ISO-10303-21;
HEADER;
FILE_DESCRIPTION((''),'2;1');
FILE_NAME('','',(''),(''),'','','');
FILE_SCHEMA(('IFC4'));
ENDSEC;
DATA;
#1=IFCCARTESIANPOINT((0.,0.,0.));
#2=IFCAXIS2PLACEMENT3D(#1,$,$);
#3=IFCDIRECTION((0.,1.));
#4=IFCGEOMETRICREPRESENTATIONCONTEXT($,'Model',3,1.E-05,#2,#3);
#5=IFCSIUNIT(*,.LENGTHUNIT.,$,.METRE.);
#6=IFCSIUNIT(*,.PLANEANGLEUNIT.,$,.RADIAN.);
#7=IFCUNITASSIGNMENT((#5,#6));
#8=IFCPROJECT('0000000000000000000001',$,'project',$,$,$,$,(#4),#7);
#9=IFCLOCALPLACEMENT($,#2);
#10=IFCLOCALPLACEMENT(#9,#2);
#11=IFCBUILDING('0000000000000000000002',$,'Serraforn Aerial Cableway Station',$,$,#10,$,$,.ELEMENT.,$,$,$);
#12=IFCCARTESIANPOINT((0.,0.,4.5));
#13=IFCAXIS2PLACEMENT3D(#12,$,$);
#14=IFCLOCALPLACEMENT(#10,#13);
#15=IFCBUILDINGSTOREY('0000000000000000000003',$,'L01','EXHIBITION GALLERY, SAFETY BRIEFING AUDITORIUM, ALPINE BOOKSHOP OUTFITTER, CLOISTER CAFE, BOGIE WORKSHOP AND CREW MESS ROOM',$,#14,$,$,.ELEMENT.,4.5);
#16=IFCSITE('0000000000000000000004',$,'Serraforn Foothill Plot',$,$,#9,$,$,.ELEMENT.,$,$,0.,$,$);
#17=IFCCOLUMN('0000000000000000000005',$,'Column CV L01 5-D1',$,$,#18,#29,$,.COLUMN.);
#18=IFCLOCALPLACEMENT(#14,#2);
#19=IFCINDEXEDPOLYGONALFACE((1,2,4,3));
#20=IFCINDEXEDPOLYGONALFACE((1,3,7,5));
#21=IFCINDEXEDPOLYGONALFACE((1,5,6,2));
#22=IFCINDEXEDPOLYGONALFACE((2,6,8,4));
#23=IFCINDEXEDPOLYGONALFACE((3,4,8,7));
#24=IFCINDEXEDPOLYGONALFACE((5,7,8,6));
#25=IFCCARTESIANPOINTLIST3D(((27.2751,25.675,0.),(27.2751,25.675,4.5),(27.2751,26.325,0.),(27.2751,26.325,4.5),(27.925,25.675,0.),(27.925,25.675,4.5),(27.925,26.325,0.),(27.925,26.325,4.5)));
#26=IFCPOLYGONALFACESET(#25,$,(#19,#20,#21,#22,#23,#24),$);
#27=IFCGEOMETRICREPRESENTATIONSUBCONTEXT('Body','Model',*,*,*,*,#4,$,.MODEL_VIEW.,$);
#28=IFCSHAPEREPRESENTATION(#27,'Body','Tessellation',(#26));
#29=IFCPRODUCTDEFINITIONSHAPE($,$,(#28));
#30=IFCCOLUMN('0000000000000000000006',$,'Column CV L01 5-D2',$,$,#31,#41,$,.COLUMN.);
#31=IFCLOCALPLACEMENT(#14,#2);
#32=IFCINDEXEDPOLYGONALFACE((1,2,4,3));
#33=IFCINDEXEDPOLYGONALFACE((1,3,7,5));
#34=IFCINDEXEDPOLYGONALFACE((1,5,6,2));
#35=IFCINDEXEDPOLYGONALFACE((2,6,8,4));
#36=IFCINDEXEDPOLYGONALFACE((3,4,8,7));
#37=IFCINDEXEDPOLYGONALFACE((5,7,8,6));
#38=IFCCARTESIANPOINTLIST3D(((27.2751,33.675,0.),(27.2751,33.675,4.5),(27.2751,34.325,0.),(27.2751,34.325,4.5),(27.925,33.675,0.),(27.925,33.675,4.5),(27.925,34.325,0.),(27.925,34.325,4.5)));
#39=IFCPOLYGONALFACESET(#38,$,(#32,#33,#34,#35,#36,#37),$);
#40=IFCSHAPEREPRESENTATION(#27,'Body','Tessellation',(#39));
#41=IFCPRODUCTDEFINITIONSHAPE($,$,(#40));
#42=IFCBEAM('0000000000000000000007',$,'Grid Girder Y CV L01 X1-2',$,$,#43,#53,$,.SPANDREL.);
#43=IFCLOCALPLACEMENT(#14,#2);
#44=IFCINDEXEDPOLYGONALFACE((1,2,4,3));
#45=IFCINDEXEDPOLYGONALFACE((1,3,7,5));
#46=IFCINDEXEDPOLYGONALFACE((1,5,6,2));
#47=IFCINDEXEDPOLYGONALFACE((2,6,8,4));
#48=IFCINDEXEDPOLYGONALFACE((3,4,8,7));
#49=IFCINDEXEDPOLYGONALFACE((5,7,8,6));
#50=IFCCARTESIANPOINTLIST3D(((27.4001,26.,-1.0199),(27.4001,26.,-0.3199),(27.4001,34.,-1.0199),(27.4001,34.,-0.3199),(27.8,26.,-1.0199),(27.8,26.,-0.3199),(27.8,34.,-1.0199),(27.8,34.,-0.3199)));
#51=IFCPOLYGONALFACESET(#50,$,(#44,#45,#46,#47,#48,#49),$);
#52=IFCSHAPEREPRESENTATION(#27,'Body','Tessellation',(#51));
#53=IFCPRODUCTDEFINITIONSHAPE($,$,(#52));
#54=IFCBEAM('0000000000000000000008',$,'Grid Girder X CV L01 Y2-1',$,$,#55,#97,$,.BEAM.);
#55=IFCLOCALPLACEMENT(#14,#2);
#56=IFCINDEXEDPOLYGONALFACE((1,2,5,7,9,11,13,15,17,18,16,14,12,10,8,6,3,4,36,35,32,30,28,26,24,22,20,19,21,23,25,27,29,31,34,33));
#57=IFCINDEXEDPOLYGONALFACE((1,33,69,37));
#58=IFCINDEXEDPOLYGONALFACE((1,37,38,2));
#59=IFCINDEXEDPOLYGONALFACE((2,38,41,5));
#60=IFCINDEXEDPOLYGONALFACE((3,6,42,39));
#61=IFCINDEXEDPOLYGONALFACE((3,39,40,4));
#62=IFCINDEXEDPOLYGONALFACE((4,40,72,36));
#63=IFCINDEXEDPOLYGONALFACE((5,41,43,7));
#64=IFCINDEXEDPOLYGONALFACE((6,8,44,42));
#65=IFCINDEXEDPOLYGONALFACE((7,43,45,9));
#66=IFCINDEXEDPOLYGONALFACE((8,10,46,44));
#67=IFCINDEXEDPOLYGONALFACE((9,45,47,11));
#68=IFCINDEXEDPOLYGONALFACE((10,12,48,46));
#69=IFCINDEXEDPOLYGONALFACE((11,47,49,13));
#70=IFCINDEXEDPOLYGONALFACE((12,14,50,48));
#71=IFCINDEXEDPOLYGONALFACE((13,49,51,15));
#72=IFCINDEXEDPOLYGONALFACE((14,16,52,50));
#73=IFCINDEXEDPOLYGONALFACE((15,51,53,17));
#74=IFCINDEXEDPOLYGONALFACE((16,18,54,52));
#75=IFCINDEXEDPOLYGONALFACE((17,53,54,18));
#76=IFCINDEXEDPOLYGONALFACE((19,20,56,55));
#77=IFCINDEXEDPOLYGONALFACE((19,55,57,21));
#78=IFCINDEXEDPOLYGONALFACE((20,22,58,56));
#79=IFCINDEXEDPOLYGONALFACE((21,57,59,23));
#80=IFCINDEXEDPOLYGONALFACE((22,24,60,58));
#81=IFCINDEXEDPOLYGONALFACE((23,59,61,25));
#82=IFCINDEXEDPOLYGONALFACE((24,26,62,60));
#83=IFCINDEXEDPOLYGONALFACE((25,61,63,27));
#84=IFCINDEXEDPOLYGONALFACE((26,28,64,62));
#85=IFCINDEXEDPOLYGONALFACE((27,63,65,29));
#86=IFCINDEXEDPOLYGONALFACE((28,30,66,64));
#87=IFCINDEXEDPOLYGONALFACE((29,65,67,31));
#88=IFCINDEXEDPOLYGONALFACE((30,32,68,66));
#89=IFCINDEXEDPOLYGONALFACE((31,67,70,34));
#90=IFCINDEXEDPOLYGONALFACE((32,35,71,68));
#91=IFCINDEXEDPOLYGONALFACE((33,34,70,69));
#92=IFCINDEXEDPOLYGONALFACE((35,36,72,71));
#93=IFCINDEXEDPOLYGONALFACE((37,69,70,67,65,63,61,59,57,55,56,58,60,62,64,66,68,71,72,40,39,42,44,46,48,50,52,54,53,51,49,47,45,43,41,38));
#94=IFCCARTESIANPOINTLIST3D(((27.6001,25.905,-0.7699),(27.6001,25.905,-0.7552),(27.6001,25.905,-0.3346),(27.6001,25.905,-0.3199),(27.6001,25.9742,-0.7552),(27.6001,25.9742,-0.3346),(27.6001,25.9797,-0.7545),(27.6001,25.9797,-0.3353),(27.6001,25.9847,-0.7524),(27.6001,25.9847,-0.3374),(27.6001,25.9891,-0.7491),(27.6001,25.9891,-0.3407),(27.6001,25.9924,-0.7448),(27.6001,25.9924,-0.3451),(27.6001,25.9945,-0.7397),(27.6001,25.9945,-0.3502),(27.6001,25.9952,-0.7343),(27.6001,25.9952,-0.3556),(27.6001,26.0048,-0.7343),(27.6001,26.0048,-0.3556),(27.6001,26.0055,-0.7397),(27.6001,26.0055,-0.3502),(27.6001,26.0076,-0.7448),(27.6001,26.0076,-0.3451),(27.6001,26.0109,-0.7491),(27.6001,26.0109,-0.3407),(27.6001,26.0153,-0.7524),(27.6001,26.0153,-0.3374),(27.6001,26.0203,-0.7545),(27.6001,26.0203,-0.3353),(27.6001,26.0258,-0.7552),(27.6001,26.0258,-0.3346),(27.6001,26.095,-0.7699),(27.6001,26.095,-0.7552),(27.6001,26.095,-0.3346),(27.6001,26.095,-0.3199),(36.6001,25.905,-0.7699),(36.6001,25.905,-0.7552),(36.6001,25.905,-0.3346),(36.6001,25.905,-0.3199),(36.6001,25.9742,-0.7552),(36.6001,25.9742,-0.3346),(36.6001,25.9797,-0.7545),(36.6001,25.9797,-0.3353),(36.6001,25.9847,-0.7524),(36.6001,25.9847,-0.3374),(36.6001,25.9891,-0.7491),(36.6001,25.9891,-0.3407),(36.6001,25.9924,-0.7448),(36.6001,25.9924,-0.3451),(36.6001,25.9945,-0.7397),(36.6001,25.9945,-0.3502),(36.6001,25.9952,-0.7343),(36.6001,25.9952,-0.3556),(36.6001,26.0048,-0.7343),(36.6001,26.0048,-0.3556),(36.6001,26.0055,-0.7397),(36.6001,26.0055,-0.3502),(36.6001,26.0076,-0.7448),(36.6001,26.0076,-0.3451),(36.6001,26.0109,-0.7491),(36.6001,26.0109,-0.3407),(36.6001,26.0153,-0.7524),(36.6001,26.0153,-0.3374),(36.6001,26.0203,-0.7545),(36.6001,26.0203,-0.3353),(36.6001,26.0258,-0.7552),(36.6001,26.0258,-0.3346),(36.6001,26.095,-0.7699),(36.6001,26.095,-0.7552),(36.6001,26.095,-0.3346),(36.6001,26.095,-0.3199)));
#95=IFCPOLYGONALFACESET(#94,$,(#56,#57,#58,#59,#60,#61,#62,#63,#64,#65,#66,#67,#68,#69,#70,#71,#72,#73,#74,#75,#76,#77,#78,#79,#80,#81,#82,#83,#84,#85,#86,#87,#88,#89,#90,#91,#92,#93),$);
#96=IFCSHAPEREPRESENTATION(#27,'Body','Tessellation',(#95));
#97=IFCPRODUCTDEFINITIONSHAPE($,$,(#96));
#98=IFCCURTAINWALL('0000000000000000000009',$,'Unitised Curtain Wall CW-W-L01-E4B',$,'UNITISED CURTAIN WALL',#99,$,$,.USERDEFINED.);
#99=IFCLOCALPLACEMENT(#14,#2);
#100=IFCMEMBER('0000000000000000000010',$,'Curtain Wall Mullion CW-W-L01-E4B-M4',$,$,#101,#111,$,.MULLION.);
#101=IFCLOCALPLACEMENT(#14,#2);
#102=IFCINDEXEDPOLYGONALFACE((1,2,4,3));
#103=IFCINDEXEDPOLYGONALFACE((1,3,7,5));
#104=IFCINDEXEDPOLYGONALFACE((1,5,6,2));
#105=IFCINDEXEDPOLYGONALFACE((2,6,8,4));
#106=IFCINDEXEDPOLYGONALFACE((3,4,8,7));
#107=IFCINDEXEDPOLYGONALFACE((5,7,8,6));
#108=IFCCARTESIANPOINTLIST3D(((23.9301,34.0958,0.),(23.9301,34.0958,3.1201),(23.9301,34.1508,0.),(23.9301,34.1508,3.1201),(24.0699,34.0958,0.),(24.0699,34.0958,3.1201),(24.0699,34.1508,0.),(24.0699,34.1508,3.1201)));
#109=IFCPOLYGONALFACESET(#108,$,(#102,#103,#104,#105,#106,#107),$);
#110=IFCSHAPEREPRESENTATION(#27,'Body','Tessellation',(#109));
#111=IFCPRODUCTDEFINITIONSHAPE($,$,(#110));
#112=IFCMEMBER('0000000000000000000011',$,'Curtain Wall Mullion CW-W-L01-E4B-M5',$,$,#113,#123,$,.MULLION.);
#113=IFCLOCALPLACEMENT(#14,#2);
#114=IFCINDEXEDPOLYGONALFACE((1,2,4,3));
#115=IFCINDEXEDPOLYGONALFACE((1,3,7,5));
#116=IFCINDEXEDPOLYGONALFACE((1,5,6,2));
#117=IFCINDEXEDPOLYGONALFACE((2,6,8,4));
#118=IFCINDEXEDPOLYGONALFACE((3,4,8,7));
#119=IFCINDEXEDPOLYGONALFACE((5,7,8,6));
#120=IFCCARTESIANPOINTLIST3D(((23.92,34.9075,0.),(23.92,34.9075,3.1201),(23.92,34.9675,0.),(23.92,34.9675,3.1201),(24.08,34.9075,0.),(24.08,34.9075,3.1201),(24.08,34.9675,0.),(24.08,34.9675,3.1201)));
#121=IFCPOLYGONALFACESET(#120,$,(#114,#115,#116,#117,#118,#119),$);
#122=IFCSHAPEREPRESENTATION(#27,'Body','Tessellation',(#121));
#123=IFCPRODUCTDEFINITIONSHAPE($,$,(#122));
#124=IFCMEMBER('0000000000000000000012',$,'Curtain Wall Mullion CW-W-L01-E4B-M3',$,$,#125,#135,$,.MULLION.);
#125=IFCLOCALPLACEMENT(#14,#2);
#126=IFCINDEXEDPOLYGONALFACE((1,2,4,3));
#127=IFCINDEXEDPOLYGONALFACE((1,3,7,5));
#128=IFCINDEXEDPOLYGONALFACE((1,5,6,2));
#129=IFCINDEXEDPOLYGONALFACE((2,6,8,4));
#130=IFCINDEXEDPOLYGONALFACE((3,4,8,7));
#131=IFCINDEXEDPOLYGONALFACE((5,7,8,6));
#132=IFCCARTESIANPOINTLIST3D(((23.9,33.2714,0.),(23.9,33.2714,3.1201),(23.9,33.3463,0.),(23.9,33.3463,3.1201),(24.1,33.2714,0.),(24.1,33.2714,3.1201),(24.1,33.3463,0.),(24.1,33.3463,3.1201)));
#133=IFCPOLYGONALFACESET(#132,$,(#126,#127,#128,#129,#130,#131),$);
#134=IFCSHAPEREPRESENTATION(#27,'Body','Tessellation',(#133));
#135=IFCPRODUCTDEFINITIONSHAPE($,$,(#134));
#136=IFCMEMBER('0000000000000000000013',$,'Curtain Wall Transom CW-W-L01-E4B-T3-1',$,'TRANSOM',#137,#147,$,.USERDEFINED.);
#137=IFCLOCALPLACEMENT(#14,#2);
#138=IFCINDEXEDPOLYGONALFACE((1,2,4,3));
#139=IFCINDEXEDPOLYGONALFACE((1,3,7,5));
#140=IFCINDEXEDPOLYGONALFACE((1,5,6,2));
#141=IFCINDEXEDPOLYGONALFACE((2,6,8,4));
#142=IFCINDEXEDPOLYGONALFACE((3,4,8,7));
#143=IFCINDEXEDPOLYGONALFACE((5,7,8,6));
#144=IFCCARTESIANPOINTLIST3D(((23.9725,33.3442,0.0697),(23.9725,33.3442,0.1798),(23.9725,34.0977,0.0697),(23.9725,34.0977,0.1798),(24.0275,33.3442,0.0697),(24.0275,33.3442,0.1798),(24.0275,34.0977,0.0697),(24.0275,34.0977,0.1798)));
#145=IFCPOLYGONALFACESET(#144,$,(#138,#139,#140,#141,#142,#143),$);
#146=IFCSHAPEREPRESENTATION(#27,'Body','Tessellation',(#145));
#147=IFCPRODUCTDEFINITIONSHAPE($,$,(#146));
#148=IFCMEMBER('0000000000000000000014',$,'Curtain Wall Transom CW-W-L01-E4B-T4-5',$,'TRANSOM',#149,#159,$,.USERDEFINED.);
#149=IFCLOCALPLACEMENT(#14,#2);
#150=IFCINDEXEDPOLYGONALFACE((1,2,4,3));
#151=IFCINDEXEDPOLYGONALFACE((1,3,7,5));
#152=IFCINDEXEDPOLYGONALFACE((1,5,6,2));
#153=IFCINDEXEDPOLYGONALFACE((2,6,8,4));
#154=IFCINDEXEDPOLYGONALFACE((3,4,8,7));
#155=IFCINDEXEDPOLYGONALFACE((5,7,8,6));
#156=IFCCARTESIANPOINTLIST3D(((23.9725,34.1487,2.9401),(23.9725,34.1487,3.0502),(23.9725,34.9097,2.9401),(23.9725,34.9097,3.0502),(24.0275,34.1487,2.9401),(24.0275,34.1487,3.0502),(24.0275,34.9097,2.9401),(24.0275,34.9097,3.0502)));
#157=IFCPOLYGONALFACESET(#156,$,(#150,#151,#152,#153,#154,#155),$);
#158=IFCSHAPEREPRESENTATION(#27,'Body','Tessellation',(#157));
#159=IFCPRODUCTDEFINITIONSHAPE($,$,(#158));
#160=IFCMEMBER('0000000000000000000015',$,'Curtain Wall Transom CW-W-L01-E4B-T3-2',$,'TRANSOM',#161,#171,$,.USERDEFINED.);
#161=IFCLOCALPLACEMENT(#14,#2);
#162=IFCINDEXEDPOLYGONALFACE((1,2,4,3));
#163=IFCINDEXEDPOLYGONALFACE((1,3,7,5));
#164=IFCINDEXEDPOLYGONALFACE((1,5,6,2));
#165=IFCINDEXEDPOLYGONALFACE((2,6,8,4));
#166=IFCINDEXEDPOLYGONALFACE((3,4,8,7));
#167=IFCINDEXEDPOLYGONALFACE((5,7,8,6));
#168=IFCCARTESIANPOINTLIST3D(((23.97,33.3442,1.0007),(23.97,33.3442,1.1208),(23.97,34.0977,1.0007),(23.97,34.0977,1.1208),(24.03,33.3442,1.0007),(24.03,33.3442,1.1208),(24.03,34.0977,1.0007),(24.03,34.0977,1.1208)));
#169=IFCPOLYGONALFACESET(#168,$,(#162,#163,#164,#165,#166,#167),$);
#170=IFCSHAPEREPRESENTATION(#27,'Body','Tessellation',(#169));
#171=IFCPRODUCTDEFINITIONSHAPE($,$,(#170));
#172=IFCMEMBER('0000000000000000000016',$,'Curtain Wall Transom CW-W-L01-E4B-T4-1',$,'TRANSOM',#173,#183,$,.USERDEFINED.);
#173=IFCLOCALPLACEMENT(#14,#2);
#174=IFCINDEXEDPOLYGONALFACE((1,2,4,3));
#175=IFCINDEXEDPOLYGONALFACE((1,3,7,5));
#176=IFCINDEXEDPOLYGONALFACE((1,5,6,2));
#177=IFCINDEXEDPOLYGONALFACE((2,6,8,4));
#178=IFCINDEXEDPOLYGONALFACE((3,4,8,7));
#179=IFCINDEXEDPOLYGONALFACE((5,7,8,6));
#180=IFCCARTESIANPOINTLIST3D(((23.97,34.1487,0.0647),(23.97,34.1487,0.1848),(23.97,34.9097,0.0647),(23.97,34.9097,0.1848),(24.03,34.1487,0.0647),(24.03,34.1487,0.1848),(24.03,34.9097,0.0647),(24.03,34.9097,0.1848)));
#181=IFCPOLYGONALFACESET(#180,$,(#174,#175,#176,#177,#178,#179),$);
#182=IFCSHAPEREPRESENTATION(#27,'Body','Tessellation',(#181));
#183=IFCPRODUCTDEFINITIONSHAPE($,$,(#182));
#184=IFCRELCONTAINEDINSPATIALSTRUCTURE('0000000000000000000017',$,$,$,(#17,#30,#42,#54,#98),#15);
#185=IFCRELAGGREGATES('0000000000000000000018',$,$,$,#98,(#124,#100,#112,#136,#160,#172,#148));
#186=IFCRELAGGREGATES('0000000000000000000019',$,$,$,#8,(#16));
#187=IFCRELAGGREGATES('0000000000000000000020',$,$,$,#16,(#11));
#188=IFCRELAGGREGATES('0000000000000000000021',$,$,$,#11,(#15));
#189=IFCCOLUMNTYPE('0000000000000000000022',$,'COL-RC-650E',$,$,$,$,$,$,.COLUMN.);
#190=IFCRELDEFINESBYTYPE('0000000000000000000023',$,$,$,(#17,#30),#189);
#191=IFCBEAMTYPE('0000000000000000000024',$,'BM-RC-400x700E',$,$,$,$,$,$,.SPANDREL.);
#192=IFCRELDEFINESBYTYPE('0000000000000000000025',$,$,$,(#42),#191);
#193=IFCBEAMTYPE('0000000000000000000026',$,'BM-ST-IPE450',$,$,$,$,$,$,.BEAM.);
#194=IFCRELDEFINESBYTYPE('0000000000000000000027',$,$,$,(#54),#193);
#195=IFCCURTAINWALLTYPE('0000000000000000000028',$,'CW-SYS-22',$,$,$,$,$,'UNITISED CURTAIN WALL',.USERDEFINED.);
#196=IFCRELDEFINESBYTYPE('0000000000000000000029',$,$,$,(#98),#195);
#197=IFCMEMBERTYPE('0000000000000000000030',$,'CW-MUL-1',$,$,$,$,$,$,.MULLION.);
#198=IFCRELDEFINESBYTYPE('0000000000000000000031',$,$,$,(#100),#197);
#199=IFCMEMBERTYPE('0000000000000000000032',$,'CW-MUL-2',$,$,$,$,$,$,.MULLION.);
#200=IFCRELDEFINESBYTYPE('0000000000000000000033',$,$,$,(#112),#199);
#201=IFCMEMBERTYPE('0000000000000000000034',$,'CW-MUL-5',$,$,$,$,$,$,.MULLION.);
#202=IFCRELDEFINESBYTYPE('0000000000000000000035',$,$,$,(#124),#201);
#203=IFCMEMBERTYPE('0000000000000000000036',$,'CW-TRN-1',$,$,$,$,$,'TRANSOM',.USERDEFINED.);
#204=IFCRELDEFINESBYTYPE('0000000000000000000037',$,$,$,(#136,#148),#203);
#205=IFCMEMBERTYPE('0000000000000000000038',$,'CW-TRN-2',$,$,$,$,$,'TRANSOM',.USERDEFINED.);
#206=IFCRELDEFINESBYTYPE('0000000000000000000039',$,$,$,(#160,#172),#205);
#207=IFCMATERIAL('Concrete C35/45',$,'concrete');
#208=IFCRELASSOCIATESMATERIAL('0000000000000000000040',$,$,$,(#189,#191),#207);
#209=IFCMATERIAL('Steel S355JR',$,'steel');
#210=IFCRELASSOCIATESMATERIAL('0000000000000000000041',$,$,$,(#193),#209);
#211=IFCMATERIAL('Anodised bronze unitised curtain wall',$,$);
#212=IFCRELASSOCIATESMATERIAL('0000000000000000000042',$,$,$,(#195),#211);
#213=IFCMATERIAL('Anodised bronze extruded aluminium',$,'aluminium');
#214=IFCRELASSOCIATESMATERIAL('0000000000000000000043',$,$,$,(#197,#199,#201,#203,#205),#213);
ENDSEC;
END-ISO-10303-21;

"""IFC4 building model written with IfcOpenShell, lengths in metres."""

from ifc_helpers import new_model, si_unit, direction, frame, origin, origin_2d, place, context, subcontext, project, spatial, rectangle, i_section, extrude, material, material_profile, profile_set, type_object, element, aggregate, save


model = new_model("IFC4")

# Units and contexts
model_context = context("Model", 3, precision=1e-05, world=origin(), true_north=direction((0.0, 1.0)))
body_context = subcontext(model_context, "Body", "Model", "MODEL_VIEW")
ifc_project = project(units=[si_unit("LENGTHUNIT", "METRE"), si_unit("PLANEANGLEUNIT", "RADIAN")], contexts=[model_context])

# Site, building, storey
site_placement = place(None, origin())
site = spatial("IfcSite", under=ifc_project, at=site_placement, Name="Serraforn Foothill Plot", CompositionType="ELEMENT", RefElevation=0.0)
building_placement = place(site_placement, origin())
building = spatial("IfcBuilding", under=site, at=building_placement, Name="Serraforn Aerial Cableway Station", CompositionType="ELEMENT")
storey_placement = place(building_placement, frame((0.0, 0.0, 4.5)))
storey = spatial("IfcBuildingStorey", under=building, at=storey_placement, Name="L01", Description="EXHIBITION GALLERY, SAFETY BRIEFING AUDITORIUM, ALPINE BOOKSHOP OUTFITTER, CLOISTER CAFE, BOGIE WORKSHOP AND CREW MESS ROOM", CompositionType="ELEMENT", Elevation=4.5)

# Columns
ifc_material_1 = material(Name="Concrete C35/45", Category="concrete")
ifc_material_profile_1 = material_profile(ifc_material_1, rectangle(XDim=0.6499, YDim=0.6499, at=origin_2d()), Name="RC 650x650")
ifc_profile_set_1 = profile_set([ifc_material_profile_1], Name="Concrete C35/45")
column_type = type_object("IfcColumnType", Name="COL-RC-650E", PredefinedType="COLUMN", material=ifc_profile_set_1)
for number, where, z_axis, x_axis, name in (
    (1, (27.6001, 26.0, 0.0), (0.0, 0.0, 1.0), (1.0, 0.0, 0.0), "Column CV L01 5-D1"),
    (2, (27.6001, 34.0, 0.0), (0.0, 0.0, 1.0), (1.0, 0.0, 0.0), "Column CV L01 5-D2"),
):
    element("IfcColumn", number, at=place(storey_placement, frame(where, z_axis=z_axis, x_axis=x_axis)), inside=storey, type_object=column_type, Name=name, PredefinedType="COLUMN", context=body_context, shape_type="SweptSolid", body=[
        extrude(rectangle(XDim=0.6499, YDim=0.6499, at=origin_2d()), origin(), (0.0, 0.0, 1.0), 4.5),
    ])

# Beams
ifc_material_profile_2 = material_profile(ifc_material_1, rectangle(XDim=0.3999, YDim=0.7, at=origin_2d()), Name="RC 400x700")
ifc_profile_set_2 = profile_set([ifc_material_profile_2], Name="Concrete C35/45")
beam_type_1 = type_object("IfcBeamType", Name="BM-RC-400x700E", PredefinedType="SPANDREL", material=ifc_profile_set_2)
beam_1_placement = place(storey_placement, frame((27.6001, 26.0, -0.6699), z_axis=(0.0, 1.0, 0.0), x_axis=(-1.0, 0.0, 0.0)))
element("IfcBeam", 3, at=beam_1_placement, inside=storey, type_object=beam_type_1, Name="Grid Girder Y CV L01 X1-2", PredefinedType="SPANDREL", context=body_context, shape_type="SweptSolid", body=[
    extrude(rectangle(XDim=0.3999, YDim=0.7, at=origin_2d()), origin(), (0.0, 0.0, 1.0), 8.0),
])
ifc_material_2 = material(Name="Steel S355JR", Category="steel")
ifc_material_profile_3 = material_profile(ifc_material_2, i_section(OverallWidth=0.1899, OverallDepth=0.45, WebThickness=0.0095, FlangeThickness=0.0146, FilletRadius=0.021, at=origin_2d()), Name="IPE 450")
ifc_profile_set_3 = profile_set([ifc_material_profile_3], Name="Steel S355JR")
beam_type_2 = type_object("IfcBeamType", Name="BM-ST-IPE450", PredefinedType="BEAM", material=ifc_profile_set_3)
beam_2_placement = place(storey_placement, frame((27.6001, 26.0, -0.5449), z_axis=(1.0, 0.0, 0.0), x_axis=(0.0, 1.0, 0.0)))
element("IfcBeam", 4, at=beam_2_placement, inside=storey, type_object=beam_type_2, Name="Grid Girder X CV L01 Y2-1", PredefinedType="BEAM", context=body_context, shape_type="SweptSolid", body=[
    extrude(i_section(OverallWidth=0.1899, OverallDepth=0.45, WebThickness=0.0095, FlangeThickness=0.0146, FilletRadius=0.021, at=origin_2d()), origin(), (0.0, 0.0, 1.0), 9.0),
])

# Curtain wall, members
ifc_material_3 = material(Name="Anodised bronze unitised curtain wall")
curtain_wall_type = type_object("IfcCurtainWallType", Name="CW-SYS-22", ElementType="UNITISED CURTAIN WALL", PredefinedType="USERDEFINED", material=ifc_material_3)
curtain_wall_placement = place(storey_placement, origin())
curtain_wall = element("IfcCurtainWall", 5, at=curtain_wall_placement, inside=storey, type_object=curtain_wall_type, Name="Unitised Curtain Wall CW-W-L01-E4B", ObjectType="UNITISED CURTAIN WALL", PredefinedType="USERDEFINED")
ifc_material_4 = material(Name="Anodised bronze extruded aluminium", Category="aluminium")
ifc_material_profile_4 = material_profile(ifc_material_4, rectangle(XDim=0.0549, YDim=0.1399, at=origin_2d()), Name="CW MULLION 55x140")
ifc_profile_set_4 = profile_set([ifc_material_profile_4], Name="Anodised bronze extruded aluminium")
member_type_1 = type_object("IfcMemberType", Name="CW-MUL-1", PredefinedType="MULLION", material=ifc_profile_set_4)
member_1_placement = place(storey_placement, frame((24.0, 34.1233, 0.0), z_axis=(0.0, 0.0, 1.0), x_axis=(0.0, 1.0, 0.0)))
member_1 = element("IfcMember", 6, at=member_1_placement, type_object=member_type_1, Name="Curtain Wall Mullion CW-W-L01-E4B-M4", PredefinedType="MULLION", context=body_context, shape_type="SweptSolid", body=[
    extrude(rectangle(XDim=0.0549, YDim=0.1399, at=origin_2d()), origin(), (0.0, 0.0, 1.0), 3.1201),
])
ifc_material_profile_5 = material_profile(ifc_material_4, rectangle(XDim=0.0601, YDim=0.1599, at=origin_2d()), Name="CW MULLION 60x160")
ifc_profile_set_5 = profile_set([ifc_material_profile_5], Name="Anodised bronze extruded aluminium")
member_type_2 = type_object("IfcMemberType", Name="CW-MUL-2", PredefinedType="MULLION", material=ifc_profile_set_5)
member_2_placement = place(storey_placement, frame((24.0, 34.9375, 0.0), z_axis=(0.0, 0.0, 1.0), x_axis=(0.0, 1.0, 0.0)))
member_2 = element("IfcMember", 7, at=member_2_placement, type_object=member_type_2, Name="Curtain Wall Mullion CW-W-L01-E4B-M5", PredefinedType="MULLION", context=body_context, shape_type="SweptSolid", body=[
    extrude(rectangle(XDim=0.0601, YDim=0.1599, at=origin_2d()), origin(), (0.0, 0.0, 1.0), 3.1201),
])
ifc_material_profile_6 = material_profile(ifc_material_4, rectangle(XDim=0.075, YDim=0.2, at=origin_2d()), Name="CW MULLION 75x200")
ifc_profile_set_6 = profile_set([ifc_material_profile_6], Name="Anodised bronze extruded aluminium")
member_type_3 = type_object("IfcMemberType", Name="CW-MUL-5", PredefinedType="MULLION", material=ifc_profile_set_6)
member_3_placement = place(storey_placement, frame((24.0, 33.3088, 0.0), z_axis=(0.0, 0.0, 1.0), x_axis=(0.0, 1.0, 0.0)))
member_3 = element("IfcMember", 8, at=member_3_placement, type_object=member_type_3, Name="Curtain Wall Mullion CW-W-L01-E4B-M3", PredefinedType="MULLION", context=body_context, shape_type="SweptSolid", body=[
    extrude(rectangle(XDim=0.075, YDim=0.2, at=origin_2d()), origin(), (0.0, 0.0, 1.0), 3.1201),
])
ifc_material_profile_7 = material_profile(ifc_material_4, rectangle(XDim=0.0549, YDim=0.1101, at=origin_2d()), Name="CW TRANSOM 55x110")
ifc_profile_set_7 = profile_set([ifc_material_profile_7], Name="Anodised bronze extruded aluminium")
member_type_4 = type_object("IfcMemberType", Name="CW-TRN-1", ElementType="TRANSOM", PredefinedType="USERDEFINED", material=ifc_profile_set_7)
member_4_placement = place(storey_placement, frame((24.0, 33.3442, 0.1248), z_axis=(0.0, 1.0, 0.0), x_axis=(-1.0, 0.0, 0.0)))
member_4 = element("IfcMember", 9, at=member_4_placement, type_object=member_type_4, Name="Curtain Wall Transom CW-W-L01-E4B-T3-1", ObjectType="TRANSOM", PredefinedType="USERDEFINED", context=body_context, shape_type="SweptSolid", body=[
    extrude(rectangle(XDim=0.0549, YDim=0.1101, at=origin_2d()), origin(), (0.0, 0.0, 1.0), 0.7534),
])
member_5_placement = place(storey_placement, frame((24.0, 34.1487, 2.9951), z_axis=(0.0, 1.0, 0.0), x_axis=(-1.0, 0.0, 0.0)))
member_5 = element("IfcMember", 10, at=member_5_placement, type_object=member_type_4, Name="Curtain Wall Transom CW-W-L01-E4B-T4-5", ObjectType="TRANSOM", PredefinedType="USERDEFINED", context=body_context, shape_type="SweptSolid", body=[
    extrude(rectangle(XDim=0.0549, YDim=0.1101, at=origin_2d()), origin(), (0.0, 0.0, 1.0), 0.761),
])
ifc_material_profile_8 = material_profile(ifc_material_4, rectangle(XDim=0.0601, YDim=0.1201, at=origin_2d()), Name="CW TRANSOM 60x120")
ifc_profile_set_8 = profile_set([ifc_material_profile_8], Name="Anodised bronze extruded aluminium")
member_type_5 = type_object("IfcMemberType", Name="CW-TRN-2", ElementType="TRANSOM", PredefinedType="USERDEFINED", material=ifc_profile_set_8)
member_6_placement = place(storey_placement, frame((24.0, 33.3442, 1.0608), z_axis=(0.0, 1.0, 0.0), x_axis=(-1.0, 0.0, 0.0)))
member_6 = element("IfcMember", 11, at=member_6_placement, type_object=member_type_5, Name="Curtain Wall Transom CW-W-L01-E4B-T3-2", ObjectType="TRANSOM", PredefinedType="USERDEFINED", context=body_context, shape_type="SweptSolid", body=[
    extrude(rectangle(XDim=0.0601, YDim=0.1201, at=origin_2d()), origin(), (0.0, 0.0, 1.0), 0.7534),
])
member_7_placement = place(storey_placement, frame((24.0, 34.1487, 0.1248), z_axis=(0.0, 1.0, 0.0), x_axis=(-1.0, 0.0, 0.0)))
member_7 = element("IfcMember", 12, at=member_7_placement, type_object=member_type_5, Name="Curtain Wall Transom CW-W-L01-E4B-T4-1", ObjectType="TRANSOM", PredefinedType="USERDEFINED", context=body_context, shape_type="SweptSolid", body=[
    extrude(rectangle(XDim=0.0601, YDim=0.1201, at=origin_2d()), origin(), (0.0, 0.0, 1.0), 0.761),
])
aggregate(curtain_wall, [member_3, member_1, member_2, member_4, member_6, member_7, member_5])

save(model, "model.ifc")
